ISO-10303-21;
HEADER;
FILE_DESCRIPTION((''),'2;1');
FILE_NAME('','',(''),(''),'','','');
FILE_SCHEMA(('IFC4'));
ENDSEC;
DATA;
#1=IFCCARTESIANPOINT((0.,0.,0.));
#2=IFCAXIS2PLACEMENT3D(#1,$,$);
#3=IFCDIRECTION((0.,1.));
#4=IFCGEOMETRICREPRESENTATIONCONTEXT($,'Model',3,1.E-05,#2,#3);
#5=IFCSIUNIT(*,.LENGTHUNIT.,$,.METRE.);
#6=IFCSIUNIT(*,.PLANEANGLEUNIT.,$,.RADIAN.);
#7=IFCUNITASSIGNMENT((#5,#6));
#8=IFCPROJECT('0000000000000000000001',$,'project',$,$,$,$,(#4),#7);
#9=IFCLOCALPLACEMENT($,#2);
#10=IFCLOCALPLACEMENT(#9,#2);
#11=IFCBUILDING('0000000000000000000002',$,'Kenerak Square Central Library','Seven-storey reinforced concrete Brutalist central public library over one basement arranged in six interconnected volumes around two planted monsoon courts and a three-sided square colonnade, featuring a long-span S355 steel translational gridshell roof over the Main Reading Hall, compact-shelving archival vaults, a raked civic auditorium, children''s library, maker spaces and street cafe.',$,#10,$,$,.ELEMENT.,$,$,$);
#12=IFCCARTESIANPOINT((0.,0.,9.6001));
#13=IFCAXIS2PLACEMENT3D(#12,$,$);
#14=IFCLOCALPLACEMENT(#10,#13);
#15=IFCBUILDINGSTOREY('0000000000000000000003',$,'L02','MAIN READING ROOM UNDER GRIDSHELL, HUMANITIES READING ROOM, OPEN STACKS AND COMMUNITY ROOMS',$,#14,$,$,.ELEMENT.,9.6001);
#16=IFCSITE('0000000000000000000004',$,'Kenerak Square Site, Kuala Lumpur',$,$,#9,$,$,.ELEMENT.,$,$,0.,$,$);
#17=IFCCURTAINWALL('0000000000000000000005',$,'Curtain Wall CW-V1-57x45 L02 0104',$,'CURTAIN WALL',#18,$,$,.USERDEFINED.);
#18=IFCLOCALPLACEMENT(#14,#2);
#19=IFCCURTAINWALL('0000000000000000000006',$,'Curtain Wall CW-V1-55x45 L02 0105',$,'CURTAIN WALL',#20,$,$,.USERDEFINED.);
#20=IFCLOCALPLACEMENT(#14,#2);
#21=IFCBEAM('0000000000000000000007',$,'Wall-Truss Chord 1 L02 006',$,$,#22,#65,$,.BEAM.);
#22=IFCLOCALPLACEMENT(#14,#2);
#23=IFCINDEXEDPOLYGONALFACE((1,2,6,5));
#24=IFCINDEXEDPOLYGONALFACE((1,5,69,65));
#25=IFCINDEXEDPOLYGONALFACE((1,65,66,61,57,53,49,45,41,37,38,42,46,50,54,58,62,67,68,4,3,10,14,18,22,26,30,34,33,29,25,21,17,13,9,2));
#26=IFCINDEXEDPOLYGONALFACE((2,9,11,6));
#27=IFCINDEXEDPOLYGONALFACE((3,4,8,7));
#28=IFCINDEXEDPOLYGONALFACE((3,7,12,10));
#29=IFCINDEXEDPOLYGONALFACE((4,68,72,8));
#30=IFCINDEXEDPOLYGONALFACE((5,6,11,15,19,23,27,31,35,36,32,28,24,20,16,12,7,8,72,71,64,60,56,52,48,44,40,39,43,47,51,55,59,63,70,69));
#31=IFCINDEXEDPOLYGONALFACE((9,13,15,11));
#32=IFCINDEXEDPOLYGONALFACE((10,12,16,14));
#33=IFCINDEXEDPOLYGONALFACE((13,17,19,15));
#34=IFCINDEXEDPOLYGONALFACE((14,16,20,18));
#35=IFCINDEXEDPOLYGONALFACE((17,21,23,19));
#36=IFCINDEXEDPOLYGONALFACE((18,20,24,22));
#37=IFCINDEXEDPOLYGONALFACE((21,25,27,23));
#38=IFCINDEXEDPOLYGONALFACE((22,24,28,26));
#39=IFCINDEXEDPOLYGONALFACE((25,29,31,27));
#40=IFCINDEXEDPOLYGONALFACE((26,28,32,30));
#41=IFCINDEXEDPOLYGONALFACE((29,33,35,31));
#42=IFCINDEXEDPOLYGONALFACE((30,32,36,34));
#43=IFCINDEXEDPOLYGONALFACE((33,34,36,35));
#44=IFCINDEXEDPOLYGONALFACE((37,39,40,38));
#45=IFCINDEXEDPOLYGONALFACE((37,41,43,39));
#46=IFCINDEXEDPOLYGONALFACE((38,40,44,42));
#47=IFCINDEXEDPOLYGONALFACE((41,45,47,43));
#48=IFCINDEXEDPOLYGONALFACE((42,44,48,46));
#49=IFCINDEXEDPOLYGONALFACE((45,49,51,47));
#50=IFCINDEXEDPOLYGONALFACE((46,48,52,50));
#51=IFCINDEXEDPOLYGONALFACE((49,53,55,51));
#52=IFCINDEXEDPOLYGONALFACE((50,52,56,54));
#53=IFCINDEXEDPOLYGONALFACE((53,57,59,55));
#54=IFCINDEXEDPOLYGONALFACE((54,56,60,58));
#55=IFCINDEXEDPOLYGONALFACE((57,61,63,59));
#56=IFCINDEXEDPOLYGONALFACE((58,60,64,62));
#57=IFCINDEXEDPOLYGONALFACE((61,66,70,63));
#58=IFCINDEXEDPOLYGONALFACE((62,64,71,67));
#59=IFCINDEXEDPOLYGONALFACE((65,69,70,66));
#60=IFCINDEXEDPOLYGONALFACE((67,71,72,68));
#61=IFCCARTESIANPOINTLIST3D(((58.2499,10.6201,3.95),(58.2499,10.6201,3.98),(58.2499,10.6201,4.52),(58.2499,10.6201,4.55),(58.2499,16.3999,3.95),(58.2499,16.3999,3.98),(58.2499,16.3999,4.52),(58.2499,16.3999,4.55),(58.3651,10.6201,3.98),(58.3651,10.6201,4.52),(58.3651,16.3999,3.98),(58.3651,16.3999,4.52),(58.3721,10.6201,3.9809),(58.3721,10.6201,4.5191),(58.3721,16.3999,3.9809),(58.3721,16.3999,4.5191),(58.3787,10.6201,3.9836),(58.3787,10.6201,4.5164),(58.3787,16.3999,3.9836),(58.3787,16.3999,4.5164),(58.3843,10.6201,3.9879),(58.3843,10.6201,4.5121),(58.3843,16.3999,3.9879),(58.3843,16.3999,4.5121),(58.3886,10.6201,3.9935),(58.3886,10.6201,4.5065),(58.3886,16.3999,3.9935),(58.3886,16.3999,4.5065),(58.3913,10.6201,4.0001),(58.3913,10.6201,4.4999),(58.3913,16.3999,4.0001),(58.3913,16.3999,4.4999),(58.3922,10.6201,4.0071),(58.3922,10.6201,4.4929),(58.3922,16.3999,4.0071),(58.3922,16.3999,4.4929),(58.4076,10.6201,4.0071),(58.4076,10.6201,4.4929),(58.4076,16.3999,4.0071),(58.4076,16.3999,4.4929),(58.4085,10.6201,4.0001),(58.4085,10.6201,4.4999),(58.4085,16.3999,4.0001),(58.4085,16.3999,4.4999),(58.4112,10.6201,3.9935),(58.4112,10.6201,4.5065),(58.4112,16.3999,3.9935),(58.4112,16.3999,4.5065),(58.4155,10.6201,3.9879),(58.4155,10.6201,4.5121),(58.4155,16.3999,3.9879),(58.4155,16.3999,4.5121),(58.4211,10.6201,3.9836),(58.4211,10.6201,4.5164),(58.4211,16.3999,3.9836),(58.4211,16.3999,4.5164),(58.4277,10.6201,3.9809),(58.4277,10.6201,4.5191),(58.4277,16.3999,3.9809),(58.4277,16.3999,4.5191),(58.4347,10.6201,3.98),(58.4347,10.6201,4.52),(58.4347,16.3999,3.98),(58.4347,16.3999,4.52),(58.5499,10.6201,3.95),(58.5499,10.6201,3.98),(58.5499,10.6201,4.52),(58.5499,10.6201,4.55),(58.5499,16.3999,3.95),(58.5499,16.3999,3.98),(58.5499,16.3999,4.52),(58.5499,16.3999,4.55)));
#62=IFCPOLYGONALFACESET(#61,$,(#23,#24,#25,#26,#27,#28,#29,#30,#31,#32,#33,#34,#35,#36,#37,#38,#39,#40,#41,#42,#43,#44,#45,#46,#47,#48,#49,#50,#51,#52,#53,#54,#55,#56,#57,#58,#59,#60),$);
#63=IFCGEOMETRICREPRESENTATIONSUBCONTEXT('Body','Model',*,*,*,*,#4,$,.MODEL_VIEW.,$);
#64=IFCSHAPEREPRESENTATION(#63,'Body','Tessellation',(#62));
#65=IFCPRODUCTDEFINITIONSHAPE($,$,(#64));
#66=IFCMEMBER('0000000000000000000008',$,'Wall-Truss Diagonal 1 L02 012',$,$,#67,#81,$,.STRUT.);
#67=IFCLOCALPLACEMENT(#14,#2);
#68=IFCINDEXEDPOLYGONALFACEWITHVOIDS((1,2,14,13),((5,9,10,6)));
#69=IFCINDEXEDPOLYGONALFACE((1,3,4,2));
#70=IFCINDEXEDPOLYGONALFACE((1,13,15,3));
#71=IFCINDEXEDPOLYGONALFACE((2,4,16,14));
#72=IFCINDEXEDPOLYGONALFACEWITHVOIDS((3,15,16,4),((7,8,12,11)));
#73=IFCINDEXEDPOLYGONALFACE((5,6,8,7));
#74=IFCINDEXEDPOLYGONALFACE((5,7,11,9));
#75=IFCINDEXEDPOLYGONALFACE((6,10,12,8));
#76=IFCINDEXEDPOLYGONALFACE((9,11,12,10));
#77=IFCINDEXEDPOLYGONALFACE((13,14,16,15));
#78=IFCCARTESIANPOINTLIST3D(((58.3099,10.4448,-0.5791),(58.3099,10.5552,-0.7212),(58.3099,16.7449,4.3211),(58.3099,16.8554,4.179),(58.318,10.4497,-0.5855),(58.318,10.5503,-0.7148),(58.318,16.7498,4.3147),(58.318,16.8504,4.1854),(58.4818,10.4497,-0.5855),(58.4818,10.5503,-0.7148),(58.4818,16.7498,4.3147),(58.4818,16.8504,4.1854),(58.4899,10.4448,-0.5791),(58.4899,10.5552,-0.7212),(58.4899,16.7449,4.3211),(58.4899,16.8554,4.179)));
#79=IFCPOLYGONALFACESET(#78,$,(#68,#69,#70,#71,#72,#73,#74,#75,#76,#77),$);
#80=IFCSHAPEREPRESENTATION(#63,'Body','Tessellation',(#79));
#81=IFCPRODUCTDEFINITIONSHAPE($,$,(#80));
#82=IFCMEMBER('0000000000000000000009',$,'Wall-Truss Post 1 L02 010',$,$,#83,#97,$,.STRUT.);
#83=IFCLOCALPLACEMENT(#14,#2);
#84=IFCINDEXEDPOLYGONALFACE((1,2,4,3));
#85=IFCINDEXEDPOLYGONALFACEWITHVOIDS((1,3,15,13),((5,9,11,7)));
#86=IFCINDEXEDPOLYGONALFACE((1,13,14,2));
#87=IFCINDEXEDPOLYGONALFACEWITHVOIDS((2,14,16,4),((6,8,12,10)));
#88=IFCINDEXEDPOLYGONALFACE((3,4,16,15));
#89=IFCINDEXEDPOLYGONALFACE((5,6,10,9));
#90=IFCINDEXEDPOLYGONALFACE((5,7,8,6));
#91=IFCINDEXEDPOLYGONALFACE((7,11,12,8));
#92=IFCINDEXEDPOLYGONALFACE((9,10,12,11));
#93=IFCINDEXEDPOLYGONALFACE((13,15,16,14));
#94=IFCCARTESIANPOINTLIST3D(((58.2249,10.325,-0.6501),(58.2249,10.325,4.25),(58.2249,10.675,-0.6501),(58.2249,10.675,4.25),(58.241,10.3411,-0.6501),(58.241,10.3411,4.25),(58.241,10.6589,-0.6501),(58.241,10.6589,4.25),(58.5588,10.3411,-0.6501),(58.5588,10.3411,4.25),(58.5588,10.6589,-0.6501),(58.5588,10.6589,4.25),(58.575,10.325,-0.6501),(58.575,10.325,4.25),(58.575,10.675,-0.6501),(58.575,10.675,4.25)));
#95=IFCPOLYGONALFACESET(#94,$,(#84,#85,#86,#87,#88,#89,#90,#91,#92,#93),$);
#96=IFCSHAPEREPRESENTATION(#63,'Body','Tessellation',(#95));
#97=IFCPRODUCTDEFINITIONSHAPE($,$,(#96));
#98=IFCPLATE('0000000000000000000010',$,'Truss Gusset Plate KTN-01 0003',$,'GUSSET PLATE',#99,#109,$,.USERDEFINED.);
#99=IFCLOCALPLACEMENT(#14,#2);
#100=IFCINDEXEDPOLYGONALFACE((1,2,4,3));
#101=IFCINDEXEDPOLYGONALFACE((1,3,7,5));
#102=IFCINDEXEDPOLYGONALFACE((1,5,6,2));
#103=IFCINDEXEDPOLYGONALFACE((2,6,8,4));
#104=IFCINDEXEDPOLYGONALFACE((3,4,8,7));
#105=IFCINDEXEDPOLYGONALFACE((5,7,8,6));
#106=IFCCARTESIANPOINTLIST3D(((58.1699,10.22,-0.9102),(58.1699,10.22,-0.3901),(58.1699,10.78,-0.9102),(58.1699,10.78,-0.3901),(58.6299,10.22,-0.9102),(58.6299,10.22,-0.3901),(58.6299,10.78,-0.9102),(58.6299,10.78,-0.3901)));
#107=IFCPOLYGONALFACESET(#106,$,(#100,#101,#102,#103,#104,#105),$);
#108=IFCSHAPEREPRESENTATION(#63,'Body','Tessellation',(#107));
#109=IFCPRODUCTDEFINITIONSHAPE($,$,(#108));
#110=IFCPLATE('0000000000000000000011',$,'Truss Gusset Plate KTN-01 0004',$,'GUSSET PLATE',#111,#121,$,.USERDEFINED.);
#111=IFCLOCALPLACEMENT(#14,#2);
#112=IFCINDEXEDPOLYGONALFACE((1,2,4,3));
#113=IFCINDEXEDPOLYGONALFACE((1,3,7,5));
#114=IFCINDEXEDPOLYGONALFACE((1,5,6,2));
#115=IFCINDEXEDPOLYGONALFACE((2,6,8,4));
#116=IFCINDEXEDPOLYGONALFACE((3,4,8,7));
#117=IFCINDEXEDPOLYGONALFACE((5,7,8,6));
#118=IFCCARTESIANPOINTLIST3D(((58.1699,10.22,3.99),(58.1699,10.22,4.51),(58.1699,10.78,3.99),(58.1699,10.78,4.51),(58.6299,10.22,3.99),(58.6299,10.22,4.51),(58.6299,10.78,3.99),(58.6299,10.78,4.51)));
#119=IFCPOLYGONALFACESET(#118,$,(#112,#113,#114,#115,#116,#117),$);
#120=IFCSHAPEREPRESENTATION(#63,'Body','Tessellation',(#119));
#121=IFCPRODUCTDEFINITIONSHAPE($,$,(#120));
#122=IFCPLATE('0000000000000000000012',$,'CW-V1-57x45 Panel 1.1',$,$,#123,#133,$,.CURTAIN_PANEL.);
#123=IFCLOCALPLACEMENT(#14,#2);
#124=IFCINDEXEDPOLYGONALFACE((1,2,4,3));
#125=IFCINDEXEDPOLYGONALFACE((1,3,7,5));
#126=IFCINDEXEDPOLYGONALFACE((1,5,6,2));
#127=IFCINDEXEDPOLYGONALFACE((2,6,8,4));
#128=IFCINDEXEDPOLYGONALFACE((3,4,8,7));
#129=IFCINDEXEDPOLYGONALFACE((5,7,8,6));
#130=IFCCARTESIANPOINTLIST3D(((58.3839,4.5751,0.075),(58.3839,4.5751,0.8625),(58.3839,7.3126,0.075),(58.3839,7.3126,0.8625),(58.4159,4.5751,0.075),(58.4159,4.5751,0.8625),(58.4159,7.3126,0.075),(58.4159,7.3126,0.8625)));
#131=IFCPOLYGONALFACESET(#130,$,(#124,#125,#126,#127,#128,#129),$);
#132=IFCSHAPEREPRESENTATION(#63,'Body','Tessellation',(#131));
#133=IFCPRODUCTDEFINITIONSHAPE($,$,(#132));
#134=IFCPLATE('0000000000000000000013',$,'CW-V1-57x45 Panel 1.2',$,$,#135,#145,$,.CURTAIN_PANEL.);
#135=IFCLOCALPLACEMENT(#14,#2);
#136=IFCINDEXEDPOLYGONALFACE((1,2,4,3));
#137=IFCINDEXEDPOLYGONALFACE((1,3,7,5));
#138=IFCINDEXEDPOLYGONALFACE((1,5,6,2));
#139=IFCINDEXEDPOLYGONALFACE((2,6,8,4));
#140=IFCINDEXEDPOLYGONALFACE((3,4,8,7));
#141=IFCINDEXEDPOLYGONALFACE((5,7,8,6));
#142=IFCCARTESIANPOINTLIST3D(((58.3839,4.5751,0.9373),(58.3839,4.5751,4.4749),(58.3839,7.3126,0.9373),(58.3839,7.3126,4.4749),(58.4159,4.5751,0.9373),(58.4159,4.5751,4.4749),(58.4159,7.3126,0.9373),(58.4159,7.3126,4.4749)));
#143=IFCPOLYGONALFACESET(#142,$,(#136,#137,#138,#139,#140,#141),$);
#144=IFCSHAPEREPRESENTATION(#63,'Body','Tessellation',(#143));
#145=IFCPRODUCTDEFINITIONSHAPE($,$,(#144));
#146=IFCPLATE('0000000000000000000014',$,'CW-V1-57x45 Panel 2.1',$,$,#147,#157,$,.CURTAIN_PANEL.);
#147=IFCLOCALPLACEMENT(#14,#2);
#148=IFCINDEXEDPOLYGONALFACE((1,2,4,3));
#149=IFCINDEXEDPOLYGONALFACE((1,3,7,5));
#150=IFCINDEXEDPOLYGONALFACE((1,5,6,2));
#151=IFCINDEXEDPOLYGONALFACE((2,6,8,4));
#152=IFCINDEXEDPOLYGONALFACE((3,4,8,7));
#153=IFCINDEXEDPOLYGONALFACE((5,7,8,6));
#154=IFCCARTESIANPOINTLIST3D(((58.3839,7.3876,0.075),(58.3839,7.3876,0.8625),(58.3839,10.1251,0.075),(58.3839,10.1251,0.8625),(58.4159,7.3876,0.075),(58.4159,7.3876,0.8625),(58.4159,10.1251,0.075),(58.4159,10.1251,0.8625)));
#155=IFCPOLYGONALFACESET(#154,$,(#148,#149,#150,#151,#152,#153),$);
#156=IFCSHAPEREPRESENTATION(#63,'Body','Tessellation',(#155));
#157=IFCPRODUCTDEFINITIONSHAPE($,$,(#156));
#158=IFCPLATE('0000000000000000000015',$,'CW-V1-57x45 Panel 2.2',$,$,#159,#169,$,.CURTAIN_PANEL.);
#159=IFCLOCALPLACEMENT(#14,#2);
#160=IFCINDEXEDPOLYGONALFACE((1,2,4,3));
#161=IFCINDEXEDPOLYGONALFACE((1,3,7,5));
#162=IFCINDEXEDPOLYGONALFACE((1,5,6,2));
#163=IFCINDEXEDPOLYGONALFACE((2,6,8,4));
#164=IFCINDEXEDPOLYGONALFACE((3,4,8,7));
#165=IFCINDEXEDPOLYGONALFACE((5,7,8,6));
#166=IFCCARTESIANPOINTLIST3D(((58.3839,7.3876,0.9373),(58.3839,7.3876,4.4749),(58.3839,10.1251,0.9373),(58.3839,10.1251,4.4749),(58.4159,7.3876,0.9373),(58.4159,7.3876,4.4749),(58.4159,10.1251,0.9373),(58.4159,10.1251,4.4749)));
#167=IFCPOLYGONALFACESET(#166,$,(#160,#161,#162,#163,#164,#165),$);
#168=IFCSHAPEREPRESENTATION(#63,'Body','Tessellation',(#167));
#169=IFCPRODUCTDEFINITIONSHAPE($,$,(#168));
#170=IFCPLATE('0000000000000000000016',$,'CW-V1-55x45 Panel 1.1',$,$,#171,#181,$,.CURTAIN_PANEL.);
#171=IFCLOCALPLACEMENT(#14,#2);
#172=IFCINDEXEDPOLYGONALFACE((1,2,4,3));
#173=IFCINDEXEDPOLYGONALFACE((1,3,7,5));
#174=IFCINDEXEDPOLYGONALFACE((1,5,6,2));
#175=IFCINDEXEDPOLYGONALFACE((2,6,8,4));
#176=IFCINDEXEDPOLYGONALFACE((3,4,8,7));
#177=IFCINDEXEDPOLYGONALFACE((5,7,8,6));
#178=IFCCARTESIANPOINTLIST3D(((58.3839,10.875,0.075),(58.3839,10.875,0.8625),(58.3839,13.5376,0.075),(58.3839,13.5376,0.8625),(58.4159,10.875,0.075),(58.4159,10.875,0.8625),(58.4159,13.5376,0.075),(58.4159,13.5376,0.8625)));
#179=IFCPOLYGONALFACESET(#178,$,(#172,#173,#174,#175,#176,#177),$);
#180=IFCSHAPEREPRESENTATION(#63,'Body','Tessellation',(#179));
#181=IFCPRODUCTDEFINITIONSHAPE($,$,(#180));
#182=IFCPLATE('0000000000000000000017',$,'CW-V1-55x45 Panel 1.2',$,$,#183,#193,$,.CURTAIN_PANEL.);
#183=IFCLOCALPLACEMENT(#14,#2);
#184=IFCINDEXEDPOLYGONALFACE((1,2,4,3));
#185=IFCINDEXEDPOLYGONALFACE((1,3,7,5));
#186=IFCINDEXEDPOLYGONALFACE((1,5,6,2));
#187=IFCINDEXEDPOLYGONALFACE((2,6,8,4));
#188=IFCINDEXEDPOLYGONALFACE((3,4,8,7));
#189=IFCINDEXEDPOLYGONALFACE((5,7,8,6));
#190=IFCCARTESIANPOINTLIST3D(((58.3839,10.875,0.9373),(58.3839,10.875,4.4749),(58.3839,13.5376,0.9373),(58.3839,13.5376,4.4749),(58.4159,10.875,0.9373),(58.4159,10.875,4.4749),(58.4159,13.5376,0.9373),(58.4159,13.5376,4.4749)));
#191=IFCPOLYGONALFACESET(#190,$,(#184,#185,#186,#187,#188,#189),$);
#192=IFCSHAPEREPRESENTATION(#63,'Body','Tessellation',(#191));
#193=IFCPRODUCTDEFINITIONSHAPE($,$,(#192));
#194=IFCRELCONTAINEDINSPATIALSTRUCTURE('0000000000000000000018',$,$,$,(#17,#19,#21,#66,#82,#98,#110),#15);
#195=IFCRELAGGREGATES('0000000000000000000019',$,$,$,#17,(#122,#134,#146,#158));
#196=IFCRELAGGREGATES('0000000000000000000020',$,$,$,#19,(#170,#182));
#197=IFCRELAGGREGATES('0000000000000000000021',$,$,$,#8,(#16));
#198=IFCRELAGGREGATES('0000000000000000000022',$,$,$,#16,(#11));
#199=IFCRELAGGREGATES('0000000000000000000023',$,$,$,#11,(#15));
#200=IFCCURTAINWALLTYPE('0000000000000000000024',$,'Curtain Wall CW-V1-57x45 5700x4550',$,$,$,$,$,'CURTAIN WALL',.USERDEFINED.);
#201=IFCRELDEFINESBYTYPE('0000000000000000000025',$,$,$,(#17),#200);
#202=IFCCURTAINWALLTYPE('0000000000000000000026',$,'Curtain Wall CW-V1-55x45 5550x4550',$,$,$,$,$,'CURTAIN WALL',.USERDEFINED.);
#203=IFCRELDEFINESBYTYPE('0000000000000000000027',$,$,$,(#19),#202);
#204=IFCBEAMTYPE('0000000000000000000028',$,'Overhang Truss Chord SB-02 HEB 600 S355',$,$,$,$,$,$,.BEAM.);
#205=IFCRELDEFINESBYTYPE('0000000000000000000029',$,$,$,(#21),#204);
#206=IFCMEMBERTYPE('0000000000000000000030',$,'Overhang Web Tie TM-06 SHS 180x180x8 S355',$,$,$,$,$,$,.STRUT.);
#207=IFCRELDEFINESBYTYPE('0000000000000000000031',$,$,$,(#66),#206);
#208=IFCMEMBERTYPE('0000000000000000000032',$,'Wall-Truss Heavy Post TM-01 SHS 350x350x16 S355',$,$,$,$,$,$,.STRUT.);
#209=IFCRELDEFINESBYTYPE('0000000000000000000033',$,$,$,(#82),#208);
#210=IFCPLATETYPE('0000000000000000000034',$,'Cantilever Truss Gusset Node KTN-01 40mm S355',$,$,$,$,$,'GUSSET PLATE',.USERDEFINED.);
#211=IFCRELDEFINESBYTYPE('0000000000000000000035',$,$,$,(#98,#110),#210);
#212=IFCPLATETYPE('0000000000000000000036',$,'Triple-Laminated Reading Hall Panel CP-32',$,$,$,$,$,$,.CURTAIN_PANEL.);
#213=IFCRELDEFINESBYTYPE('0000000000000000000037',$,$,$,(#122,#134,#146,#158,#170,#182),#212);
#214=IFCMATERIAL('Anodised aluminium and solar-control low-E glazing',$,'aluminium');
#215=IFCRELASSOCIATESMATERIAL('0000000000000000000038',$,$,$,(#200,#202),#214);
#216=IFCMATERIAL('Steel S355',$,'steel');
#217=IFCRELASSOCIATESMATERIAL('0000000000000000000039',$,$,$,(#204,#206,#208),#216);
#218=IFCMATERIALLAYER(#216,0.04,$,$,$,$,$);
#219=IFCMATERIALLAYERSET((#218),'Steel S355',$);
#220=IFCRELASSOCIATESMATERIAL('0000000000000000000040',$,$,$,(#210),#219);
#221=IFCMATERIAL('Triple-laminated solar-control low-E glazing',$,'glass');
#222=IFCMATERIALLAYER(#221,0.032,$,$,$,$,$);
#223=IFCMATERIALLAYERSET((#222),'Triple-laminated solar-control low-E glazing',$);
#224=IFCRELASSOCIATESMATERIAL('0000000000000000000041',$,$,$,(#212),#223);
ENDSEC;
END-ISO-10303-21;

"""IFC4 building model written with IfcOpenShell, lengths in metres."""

from ifc_helpers import new_model, si_unit, direction, frame, origin, origin_2d, place, context, subcontext, project, spatial, rectangle, hollow_rectangle, i_section, extrude, material, layer, layer_set, material_profile, profile_set, type_object, element, aggregate, save


model = new_model("IFC4")

# Units and contexts
model_context = context("Model", 3, precision=1e-05, world=origin(), true_north=direction((0.0, 1.0)))
body_context = subcontext(model_context, "Body", "Model", "MODEL_VIEW")
ifc_project = project(units=[si_unit("LENGTHUNIT", "METRE"), si_unit("PLANEANGLEUNIT", "RADIAN")], contexts=[model_context])

# Site, building, storey
site_placement = place(None, origin())
site = spatial("IfcSite", under=ifc_project, at=site_placement, Name="Kenerak Square Site, Kuala Lumpur", CompositionType="ELEMENT", RefElevation=0.0)
building_placement = place(site_placement, origin())
building = spatial("IfcBuilding", under=site, at=building_placement, Name="Kenerak Square Central Library", Description="Seven-storey reinforced concrete Brutalist central public library over one basement arranged in six interconnected volumes around two planted monsoon courts and a three-sided square colonnade, featuring a long-span S355 steel translational gridshell roof over the Main Reading Hall, compact-shelving archival vaults, a raked civic auditorium, children's library, maker spaces and street cafe.", CompositionType="ELEMENT")
storey_placement = place(building_placement, frame((0.0, 0.0, 9.6001)))
storey = spatial("IfcBuildingStorey", under=building, at=storey_placement, Name="L02", Description="MAIN READING ROOM UNDER GRIDSHELL, HUMANITIES READING ROOM, OPEN STACKS AND COMMUNITY ROOMS", CompositionType="ELEMENT", Elevation=9.6001)

# Curtain walls
ifc_material_1 = material(Name="Anodised aluminium and solar-control low-E glazing", Category="aluminium")
curtain_wall_type_1 = type_object("IfcCurtainWallType", Name="Curtain Wall CW-V1-57x45 5700x4550", ElementType="CURTAIN WALL", PredefinedType="USERDEFINED", material=ifc_material_1)
curtain_wall_1_placement = place(storey_placement, origin())
curtain_wall_1 = element("IfcCurtainWall", 1, at=curtain_wall_1_placement, inside=storey, type_object=curtain_wall_type_1, Name="Curtain Wall CW-V1-57x45 L02 0104", ObjectType="CURTAIN WALL", PredefinedType="USERDEFINED")
curtain_wall_type_2 = type_object("IfcCurtainWallType", Name="Curtain Wall CW-V1-55x45 5550x4550", ElementType="CURTAIN WALL", PredefinedType="USERDEFINED", material=ifc_material_1)
curtain_wall_2_placement = place(storey_placement, origin())
curtain_wall_2 = element("IfcCurtainWall", 2, at=curtain_wall_2_placement, inside=storey, type_object=curtain_wall_type_2, Name="Curtain Wall CW-V1-55x45 L02 0105", ObjectType="CURTAIN WALL", PredefinedType="USERDEFINED")

# Beam
ifc_material_2 = material(Name="Steel S355", Category="steel")
ifc_material_profile_1 = material_profile(ifc_material_2, i_section(OverallWidth=0.3, OverallDepth=0.6001, WebThickness=0.0154, FlangeThickness=0.03, FilletRadius=0.0271, at=origin_2d()), Name="HEB 600")
ifc_profile_set_1 = profile_set([ifc_material_profile_1], Name="Steel S355")
beam_type = type_object("IfcBeamType", Name="Overhang Truss Chord SB-02 HEB 600 S355", PredefinedType="BEAM", material=ifc_profile_set_1)
beam_placement = place(storey_placement, frame((58.3999, 10.6201, 4.25), z_axis=(0.0, 1.0, 0.0), x_axis=(-1.0, 0.0, 0.0)))
element("IfcBeam", 3, at=beam_placement, inside=storey, type_object=beam_type, Name="Wall-Truss Chord 1 L02 006", PredefinedType="BEAM", context=body_context, shape_type="SweptSolid", body=[
    extrude(i_section(OverallWidth=0.3, OverallDepth=0.6001, WebThickness=0.0154, FlangeThickness=0.03, FilletRadius=0.0271, at=origin_2d()), origin(), (0.0, 0.0, 1.0), 5.7798),
])

# Members
ifc_material_profile_2 = material_profile(ifc_material_2, hollow_rectangle(XDim=0.1799, YDim=0.1799, WallThickness=0.0081, at=origin_2d()), Name="SHS 180x180x8.0")
ifc_profile_set_2 = profile_set([ifc_material_profile_2], Name="Steel S355")
member_type_1 = type_object("IfcMemberType", Name="Overhang Web Tie TM-06 SHS 180x180x8 S355", PredefinedType="STRUT", material=ifc_profile_set_2)
member_1_placement = place(storey_placement, frame((58.3999, 10.5, -0.6501), z_axis=(0.0, 0.789346, 0.613949), x_axis=(-1.0, 0.0, 0.0)))
element("IfcMember", 4, at=member_1_placement, inside=storey, type_object=member_type_1, Name="Wall-Truss Diagonal 1 L02 012", PredefinedType="STRUT", context=body_context, shape_type="SweptSolid", body=[
    extrude(hollow_rectangle(XDim=0.1799, YDim=0.1799, WallThickness=0.0081, at=origin_2d()), origin(), (0.0, 0.0, 1.0), 7.9814),
])
ifc_material_profile_3 = material_profile(ifc_material_2, hollow_rectangle(XDim=0.3501, YDim=0.3501, WallThickness=0.0161, at=origin_2d()), Name="SHS 350x350x16.0")
ifc_profile_set_3 = profile_set([ifc_material_profile_3], Name="Steel S355")
member_type_2 = type_object("IfcMemberType", Name="Wall-Truss Heavy Post TM-01 SHS 350x350x16 S355", PredefinedType="STRUT", material=ifc_profile_set_3)
member_2_placement = place(storey_placement, frame((58.3999, 10.5, -0.6501), z_axis=(0.0, 0.0, 1.0), x_axis=(1.0, 0.0, 0.0)))
element("IfcMember", 5, at=member_2_placement, inside=storey, type_object=member_type_2, Name="Wall-Truss Post 1 L02 010", PredefinedType="STRUT", context=body_context, shape_type="SweptSolid", body=[
    extrude(hollow_rectangle(XDim=0.3501, YDim=0.3501, WallThickness=0.0161, at=origin_2d()), origin(), (0.0, 0.0, 1.0), 4.9001),
])

# Plates
ifc_layer_1 = layer(ifc_material_2, 0.04)
ifc_layer_set_1 = layer_set([ifc_layer_1], Name="Steel S355")
plate_type_1 = type_object("IfcPlateType", Name="Cantilever Truss Gusset Node KTN-01 40mm S355", ElementType="GUSSET PLATE", PredefinedType="USERDEFINED", material=ifc_layer_set_1)
for number, where, z_axis, x_axis, name in (
    (6, (58.3999, 10.5, -0.9102), (0.0, 0.0, 1.0), (1.0, 0.0, 0.0), "Truss Gusset Plate KTN-01 0003"),
    (7, (58.3999, 10.5, 3.99), (0.0, 0.0, 1.0), (1.0, 0.0, 0.0), "Truss Gusset Plate KTN-01 0004"),
):
    element("IfcPlate", number, at=place(storey_placement, frame(where, z_axis=z_axis, x_axis=x_axis)), inside=storey, type_object=plate_type_1, Name=name, ObjectType="GUSSET PLATE", PredefinedType="USERDEFINED", context=body_context, shape_type="SweptSolid", body=[
        extrude(rectangle(XDim=0.46, YDim=0.5601, at=origin_2d()), origin(), (0.0, 0.0, 1.0), 0.52),
    ])

# Plates
ifc_material_3 = material(Name="Triple-laminated solar-control low-E glazing", Category="glass")
ifc_layer_2 = layer(ifc_material_3, 0.032)
ifc_layer_set_2 = layer_set([ifc_layer_2], Name="Triple-laminated solar-control low-E glazing")
plate_type_2 = type_object("IfcPlateType", Name="Triple-Laminated Reading Hall Panel CP-32", PredefinedType="CURTAIN_PANEL", material=ifc_layer_set_2)
plate_1_placement = place(storey_placement, frame((58.3999, 5.9438, 0.075), z_axis=(0.0, 0.0, 1.0), x_axis=(0.0, 1.0, 0.0)))
plate_1 = element("IfcPlate", 8, at=plate_1_placement, type_object=plate_type_2, Name="CW-V1-57x45 Panel 1.1", PredefinedType="CURTAIN_PANEL", context=body_context, shape_type="SweptSolid", body=[
    extrude(rectangle(XDim=2.7375, YDim=0.032, at=origin_2d()), origin(), (0.0, 0.0, 1.0), 0.7876),
])
plate_2_placement = place(storey_placement, frame((58.3999, 5.9438, 0.9373), z_axis=(0.0, 0.0, 1.0), x_axis=(0.0, 1.0, 0.0)))
plate_2 = element("IfcPlate", 9, at=plate_2_placement, type_object=plate_type_2, Name="CW-V1-57x45 Panel 1.2", PredefinedType="CURTAIN_PANEL", context=body_context, shape_type="SweptSolid", body=[
    extrude(rectangle(XDim=2.7375, YDim=0.032, at=origin_2d()), origin(), (0.0, 0.0, 1.0), 3.5376),
])
plate_3_placement = place(storey_placement, frame((58.3999, 8.7563, 0.075), z_axis=(0.0, 0.0, 1.0), x_axis=(0.0, 1.0, 0.0)))
plate_3 = element("IfcPlate", 10, at=plate_3_placement, type_object=plate_type_2, Name="CW-V1-57x45 Panel 2.1", PredefinedType="CURTAIN_PANEL", context=body_context, shape_type="SweptSolid", body=[
    extrude(rectangle(XDim=2.7375, YDim=0.032, at=origin_2d()), origin(), (0.0, 0.0, 1.0), 0.7876),
])
plate_4_placement = place(storey_placement, frame((58.3999, 8.7563, 0.9373), z_axis=(0.0, 0.0, 1.0), x_axis=(0.0, 1.0, 0.0)))
plate_4 = element("IfcPlate", 11, at=plate_4_placement, type_object=plate_type_2, Name="CW-V1-57x45 Panel 2.2", PredefinedType="CURTAIN_PANEL", context=body_context, shape_type="SweptSolid", body=[
    extrude(rectangle(XDim=2.7375, YDim=0.032, at=origin_2d()), origin(), (0.0, 0.0, 1.0), 3.5376),
])
aggregate(curtain_wall_1, [plate_1, plate_2, plate_3, plate_4])
plate_5_placement = place(storey_placement, frame((58.3999, 12.2063, 0.075), z_axis=(0.0, 0.0, 1.0), x_axis=(0.0, 1.0, 0.0)))
plate_5 = element("IfcPlate", 12, at=plate_5_placement, type_object=plate_type_2, Name="CW-V1-55x45 Panel 1.1", PredefinedType="CURTAIN_PANEL", context=body_context, shape_type="SweptSolid", body=[
    extrude(rectangle(XDim=2.6626, YDim=0.032, at=origin_2d()), origin(), (0.0, 0.0, 1.0), 0.7876),
])
plate_6_placement = place(storey_placement, frame((58.3999, 12.2063, 0.9373), z_axis=(0.0, 0.0, 1.0), x_axis=(0.0, 1.0, 0.0)))
plate_6 = element("IfcPlate", 13, at=plate_6_placement, type_object=plate_type_2, Name="CW-V1-55x45 Panel 1.2", PredefinedType="CURTAIN_PANEL", context=body_context, shape_type="SweptSolid", body=[
    extrude(rectangle(XDim=2.6626, YDim=0.032, at=origin_2d()), origin(), (0.0, 0.0, 1.0), 3.5376),
])
aggregate(curtain_wall_2, [plate_5, plate_6])

save(model, "model.ifc")
